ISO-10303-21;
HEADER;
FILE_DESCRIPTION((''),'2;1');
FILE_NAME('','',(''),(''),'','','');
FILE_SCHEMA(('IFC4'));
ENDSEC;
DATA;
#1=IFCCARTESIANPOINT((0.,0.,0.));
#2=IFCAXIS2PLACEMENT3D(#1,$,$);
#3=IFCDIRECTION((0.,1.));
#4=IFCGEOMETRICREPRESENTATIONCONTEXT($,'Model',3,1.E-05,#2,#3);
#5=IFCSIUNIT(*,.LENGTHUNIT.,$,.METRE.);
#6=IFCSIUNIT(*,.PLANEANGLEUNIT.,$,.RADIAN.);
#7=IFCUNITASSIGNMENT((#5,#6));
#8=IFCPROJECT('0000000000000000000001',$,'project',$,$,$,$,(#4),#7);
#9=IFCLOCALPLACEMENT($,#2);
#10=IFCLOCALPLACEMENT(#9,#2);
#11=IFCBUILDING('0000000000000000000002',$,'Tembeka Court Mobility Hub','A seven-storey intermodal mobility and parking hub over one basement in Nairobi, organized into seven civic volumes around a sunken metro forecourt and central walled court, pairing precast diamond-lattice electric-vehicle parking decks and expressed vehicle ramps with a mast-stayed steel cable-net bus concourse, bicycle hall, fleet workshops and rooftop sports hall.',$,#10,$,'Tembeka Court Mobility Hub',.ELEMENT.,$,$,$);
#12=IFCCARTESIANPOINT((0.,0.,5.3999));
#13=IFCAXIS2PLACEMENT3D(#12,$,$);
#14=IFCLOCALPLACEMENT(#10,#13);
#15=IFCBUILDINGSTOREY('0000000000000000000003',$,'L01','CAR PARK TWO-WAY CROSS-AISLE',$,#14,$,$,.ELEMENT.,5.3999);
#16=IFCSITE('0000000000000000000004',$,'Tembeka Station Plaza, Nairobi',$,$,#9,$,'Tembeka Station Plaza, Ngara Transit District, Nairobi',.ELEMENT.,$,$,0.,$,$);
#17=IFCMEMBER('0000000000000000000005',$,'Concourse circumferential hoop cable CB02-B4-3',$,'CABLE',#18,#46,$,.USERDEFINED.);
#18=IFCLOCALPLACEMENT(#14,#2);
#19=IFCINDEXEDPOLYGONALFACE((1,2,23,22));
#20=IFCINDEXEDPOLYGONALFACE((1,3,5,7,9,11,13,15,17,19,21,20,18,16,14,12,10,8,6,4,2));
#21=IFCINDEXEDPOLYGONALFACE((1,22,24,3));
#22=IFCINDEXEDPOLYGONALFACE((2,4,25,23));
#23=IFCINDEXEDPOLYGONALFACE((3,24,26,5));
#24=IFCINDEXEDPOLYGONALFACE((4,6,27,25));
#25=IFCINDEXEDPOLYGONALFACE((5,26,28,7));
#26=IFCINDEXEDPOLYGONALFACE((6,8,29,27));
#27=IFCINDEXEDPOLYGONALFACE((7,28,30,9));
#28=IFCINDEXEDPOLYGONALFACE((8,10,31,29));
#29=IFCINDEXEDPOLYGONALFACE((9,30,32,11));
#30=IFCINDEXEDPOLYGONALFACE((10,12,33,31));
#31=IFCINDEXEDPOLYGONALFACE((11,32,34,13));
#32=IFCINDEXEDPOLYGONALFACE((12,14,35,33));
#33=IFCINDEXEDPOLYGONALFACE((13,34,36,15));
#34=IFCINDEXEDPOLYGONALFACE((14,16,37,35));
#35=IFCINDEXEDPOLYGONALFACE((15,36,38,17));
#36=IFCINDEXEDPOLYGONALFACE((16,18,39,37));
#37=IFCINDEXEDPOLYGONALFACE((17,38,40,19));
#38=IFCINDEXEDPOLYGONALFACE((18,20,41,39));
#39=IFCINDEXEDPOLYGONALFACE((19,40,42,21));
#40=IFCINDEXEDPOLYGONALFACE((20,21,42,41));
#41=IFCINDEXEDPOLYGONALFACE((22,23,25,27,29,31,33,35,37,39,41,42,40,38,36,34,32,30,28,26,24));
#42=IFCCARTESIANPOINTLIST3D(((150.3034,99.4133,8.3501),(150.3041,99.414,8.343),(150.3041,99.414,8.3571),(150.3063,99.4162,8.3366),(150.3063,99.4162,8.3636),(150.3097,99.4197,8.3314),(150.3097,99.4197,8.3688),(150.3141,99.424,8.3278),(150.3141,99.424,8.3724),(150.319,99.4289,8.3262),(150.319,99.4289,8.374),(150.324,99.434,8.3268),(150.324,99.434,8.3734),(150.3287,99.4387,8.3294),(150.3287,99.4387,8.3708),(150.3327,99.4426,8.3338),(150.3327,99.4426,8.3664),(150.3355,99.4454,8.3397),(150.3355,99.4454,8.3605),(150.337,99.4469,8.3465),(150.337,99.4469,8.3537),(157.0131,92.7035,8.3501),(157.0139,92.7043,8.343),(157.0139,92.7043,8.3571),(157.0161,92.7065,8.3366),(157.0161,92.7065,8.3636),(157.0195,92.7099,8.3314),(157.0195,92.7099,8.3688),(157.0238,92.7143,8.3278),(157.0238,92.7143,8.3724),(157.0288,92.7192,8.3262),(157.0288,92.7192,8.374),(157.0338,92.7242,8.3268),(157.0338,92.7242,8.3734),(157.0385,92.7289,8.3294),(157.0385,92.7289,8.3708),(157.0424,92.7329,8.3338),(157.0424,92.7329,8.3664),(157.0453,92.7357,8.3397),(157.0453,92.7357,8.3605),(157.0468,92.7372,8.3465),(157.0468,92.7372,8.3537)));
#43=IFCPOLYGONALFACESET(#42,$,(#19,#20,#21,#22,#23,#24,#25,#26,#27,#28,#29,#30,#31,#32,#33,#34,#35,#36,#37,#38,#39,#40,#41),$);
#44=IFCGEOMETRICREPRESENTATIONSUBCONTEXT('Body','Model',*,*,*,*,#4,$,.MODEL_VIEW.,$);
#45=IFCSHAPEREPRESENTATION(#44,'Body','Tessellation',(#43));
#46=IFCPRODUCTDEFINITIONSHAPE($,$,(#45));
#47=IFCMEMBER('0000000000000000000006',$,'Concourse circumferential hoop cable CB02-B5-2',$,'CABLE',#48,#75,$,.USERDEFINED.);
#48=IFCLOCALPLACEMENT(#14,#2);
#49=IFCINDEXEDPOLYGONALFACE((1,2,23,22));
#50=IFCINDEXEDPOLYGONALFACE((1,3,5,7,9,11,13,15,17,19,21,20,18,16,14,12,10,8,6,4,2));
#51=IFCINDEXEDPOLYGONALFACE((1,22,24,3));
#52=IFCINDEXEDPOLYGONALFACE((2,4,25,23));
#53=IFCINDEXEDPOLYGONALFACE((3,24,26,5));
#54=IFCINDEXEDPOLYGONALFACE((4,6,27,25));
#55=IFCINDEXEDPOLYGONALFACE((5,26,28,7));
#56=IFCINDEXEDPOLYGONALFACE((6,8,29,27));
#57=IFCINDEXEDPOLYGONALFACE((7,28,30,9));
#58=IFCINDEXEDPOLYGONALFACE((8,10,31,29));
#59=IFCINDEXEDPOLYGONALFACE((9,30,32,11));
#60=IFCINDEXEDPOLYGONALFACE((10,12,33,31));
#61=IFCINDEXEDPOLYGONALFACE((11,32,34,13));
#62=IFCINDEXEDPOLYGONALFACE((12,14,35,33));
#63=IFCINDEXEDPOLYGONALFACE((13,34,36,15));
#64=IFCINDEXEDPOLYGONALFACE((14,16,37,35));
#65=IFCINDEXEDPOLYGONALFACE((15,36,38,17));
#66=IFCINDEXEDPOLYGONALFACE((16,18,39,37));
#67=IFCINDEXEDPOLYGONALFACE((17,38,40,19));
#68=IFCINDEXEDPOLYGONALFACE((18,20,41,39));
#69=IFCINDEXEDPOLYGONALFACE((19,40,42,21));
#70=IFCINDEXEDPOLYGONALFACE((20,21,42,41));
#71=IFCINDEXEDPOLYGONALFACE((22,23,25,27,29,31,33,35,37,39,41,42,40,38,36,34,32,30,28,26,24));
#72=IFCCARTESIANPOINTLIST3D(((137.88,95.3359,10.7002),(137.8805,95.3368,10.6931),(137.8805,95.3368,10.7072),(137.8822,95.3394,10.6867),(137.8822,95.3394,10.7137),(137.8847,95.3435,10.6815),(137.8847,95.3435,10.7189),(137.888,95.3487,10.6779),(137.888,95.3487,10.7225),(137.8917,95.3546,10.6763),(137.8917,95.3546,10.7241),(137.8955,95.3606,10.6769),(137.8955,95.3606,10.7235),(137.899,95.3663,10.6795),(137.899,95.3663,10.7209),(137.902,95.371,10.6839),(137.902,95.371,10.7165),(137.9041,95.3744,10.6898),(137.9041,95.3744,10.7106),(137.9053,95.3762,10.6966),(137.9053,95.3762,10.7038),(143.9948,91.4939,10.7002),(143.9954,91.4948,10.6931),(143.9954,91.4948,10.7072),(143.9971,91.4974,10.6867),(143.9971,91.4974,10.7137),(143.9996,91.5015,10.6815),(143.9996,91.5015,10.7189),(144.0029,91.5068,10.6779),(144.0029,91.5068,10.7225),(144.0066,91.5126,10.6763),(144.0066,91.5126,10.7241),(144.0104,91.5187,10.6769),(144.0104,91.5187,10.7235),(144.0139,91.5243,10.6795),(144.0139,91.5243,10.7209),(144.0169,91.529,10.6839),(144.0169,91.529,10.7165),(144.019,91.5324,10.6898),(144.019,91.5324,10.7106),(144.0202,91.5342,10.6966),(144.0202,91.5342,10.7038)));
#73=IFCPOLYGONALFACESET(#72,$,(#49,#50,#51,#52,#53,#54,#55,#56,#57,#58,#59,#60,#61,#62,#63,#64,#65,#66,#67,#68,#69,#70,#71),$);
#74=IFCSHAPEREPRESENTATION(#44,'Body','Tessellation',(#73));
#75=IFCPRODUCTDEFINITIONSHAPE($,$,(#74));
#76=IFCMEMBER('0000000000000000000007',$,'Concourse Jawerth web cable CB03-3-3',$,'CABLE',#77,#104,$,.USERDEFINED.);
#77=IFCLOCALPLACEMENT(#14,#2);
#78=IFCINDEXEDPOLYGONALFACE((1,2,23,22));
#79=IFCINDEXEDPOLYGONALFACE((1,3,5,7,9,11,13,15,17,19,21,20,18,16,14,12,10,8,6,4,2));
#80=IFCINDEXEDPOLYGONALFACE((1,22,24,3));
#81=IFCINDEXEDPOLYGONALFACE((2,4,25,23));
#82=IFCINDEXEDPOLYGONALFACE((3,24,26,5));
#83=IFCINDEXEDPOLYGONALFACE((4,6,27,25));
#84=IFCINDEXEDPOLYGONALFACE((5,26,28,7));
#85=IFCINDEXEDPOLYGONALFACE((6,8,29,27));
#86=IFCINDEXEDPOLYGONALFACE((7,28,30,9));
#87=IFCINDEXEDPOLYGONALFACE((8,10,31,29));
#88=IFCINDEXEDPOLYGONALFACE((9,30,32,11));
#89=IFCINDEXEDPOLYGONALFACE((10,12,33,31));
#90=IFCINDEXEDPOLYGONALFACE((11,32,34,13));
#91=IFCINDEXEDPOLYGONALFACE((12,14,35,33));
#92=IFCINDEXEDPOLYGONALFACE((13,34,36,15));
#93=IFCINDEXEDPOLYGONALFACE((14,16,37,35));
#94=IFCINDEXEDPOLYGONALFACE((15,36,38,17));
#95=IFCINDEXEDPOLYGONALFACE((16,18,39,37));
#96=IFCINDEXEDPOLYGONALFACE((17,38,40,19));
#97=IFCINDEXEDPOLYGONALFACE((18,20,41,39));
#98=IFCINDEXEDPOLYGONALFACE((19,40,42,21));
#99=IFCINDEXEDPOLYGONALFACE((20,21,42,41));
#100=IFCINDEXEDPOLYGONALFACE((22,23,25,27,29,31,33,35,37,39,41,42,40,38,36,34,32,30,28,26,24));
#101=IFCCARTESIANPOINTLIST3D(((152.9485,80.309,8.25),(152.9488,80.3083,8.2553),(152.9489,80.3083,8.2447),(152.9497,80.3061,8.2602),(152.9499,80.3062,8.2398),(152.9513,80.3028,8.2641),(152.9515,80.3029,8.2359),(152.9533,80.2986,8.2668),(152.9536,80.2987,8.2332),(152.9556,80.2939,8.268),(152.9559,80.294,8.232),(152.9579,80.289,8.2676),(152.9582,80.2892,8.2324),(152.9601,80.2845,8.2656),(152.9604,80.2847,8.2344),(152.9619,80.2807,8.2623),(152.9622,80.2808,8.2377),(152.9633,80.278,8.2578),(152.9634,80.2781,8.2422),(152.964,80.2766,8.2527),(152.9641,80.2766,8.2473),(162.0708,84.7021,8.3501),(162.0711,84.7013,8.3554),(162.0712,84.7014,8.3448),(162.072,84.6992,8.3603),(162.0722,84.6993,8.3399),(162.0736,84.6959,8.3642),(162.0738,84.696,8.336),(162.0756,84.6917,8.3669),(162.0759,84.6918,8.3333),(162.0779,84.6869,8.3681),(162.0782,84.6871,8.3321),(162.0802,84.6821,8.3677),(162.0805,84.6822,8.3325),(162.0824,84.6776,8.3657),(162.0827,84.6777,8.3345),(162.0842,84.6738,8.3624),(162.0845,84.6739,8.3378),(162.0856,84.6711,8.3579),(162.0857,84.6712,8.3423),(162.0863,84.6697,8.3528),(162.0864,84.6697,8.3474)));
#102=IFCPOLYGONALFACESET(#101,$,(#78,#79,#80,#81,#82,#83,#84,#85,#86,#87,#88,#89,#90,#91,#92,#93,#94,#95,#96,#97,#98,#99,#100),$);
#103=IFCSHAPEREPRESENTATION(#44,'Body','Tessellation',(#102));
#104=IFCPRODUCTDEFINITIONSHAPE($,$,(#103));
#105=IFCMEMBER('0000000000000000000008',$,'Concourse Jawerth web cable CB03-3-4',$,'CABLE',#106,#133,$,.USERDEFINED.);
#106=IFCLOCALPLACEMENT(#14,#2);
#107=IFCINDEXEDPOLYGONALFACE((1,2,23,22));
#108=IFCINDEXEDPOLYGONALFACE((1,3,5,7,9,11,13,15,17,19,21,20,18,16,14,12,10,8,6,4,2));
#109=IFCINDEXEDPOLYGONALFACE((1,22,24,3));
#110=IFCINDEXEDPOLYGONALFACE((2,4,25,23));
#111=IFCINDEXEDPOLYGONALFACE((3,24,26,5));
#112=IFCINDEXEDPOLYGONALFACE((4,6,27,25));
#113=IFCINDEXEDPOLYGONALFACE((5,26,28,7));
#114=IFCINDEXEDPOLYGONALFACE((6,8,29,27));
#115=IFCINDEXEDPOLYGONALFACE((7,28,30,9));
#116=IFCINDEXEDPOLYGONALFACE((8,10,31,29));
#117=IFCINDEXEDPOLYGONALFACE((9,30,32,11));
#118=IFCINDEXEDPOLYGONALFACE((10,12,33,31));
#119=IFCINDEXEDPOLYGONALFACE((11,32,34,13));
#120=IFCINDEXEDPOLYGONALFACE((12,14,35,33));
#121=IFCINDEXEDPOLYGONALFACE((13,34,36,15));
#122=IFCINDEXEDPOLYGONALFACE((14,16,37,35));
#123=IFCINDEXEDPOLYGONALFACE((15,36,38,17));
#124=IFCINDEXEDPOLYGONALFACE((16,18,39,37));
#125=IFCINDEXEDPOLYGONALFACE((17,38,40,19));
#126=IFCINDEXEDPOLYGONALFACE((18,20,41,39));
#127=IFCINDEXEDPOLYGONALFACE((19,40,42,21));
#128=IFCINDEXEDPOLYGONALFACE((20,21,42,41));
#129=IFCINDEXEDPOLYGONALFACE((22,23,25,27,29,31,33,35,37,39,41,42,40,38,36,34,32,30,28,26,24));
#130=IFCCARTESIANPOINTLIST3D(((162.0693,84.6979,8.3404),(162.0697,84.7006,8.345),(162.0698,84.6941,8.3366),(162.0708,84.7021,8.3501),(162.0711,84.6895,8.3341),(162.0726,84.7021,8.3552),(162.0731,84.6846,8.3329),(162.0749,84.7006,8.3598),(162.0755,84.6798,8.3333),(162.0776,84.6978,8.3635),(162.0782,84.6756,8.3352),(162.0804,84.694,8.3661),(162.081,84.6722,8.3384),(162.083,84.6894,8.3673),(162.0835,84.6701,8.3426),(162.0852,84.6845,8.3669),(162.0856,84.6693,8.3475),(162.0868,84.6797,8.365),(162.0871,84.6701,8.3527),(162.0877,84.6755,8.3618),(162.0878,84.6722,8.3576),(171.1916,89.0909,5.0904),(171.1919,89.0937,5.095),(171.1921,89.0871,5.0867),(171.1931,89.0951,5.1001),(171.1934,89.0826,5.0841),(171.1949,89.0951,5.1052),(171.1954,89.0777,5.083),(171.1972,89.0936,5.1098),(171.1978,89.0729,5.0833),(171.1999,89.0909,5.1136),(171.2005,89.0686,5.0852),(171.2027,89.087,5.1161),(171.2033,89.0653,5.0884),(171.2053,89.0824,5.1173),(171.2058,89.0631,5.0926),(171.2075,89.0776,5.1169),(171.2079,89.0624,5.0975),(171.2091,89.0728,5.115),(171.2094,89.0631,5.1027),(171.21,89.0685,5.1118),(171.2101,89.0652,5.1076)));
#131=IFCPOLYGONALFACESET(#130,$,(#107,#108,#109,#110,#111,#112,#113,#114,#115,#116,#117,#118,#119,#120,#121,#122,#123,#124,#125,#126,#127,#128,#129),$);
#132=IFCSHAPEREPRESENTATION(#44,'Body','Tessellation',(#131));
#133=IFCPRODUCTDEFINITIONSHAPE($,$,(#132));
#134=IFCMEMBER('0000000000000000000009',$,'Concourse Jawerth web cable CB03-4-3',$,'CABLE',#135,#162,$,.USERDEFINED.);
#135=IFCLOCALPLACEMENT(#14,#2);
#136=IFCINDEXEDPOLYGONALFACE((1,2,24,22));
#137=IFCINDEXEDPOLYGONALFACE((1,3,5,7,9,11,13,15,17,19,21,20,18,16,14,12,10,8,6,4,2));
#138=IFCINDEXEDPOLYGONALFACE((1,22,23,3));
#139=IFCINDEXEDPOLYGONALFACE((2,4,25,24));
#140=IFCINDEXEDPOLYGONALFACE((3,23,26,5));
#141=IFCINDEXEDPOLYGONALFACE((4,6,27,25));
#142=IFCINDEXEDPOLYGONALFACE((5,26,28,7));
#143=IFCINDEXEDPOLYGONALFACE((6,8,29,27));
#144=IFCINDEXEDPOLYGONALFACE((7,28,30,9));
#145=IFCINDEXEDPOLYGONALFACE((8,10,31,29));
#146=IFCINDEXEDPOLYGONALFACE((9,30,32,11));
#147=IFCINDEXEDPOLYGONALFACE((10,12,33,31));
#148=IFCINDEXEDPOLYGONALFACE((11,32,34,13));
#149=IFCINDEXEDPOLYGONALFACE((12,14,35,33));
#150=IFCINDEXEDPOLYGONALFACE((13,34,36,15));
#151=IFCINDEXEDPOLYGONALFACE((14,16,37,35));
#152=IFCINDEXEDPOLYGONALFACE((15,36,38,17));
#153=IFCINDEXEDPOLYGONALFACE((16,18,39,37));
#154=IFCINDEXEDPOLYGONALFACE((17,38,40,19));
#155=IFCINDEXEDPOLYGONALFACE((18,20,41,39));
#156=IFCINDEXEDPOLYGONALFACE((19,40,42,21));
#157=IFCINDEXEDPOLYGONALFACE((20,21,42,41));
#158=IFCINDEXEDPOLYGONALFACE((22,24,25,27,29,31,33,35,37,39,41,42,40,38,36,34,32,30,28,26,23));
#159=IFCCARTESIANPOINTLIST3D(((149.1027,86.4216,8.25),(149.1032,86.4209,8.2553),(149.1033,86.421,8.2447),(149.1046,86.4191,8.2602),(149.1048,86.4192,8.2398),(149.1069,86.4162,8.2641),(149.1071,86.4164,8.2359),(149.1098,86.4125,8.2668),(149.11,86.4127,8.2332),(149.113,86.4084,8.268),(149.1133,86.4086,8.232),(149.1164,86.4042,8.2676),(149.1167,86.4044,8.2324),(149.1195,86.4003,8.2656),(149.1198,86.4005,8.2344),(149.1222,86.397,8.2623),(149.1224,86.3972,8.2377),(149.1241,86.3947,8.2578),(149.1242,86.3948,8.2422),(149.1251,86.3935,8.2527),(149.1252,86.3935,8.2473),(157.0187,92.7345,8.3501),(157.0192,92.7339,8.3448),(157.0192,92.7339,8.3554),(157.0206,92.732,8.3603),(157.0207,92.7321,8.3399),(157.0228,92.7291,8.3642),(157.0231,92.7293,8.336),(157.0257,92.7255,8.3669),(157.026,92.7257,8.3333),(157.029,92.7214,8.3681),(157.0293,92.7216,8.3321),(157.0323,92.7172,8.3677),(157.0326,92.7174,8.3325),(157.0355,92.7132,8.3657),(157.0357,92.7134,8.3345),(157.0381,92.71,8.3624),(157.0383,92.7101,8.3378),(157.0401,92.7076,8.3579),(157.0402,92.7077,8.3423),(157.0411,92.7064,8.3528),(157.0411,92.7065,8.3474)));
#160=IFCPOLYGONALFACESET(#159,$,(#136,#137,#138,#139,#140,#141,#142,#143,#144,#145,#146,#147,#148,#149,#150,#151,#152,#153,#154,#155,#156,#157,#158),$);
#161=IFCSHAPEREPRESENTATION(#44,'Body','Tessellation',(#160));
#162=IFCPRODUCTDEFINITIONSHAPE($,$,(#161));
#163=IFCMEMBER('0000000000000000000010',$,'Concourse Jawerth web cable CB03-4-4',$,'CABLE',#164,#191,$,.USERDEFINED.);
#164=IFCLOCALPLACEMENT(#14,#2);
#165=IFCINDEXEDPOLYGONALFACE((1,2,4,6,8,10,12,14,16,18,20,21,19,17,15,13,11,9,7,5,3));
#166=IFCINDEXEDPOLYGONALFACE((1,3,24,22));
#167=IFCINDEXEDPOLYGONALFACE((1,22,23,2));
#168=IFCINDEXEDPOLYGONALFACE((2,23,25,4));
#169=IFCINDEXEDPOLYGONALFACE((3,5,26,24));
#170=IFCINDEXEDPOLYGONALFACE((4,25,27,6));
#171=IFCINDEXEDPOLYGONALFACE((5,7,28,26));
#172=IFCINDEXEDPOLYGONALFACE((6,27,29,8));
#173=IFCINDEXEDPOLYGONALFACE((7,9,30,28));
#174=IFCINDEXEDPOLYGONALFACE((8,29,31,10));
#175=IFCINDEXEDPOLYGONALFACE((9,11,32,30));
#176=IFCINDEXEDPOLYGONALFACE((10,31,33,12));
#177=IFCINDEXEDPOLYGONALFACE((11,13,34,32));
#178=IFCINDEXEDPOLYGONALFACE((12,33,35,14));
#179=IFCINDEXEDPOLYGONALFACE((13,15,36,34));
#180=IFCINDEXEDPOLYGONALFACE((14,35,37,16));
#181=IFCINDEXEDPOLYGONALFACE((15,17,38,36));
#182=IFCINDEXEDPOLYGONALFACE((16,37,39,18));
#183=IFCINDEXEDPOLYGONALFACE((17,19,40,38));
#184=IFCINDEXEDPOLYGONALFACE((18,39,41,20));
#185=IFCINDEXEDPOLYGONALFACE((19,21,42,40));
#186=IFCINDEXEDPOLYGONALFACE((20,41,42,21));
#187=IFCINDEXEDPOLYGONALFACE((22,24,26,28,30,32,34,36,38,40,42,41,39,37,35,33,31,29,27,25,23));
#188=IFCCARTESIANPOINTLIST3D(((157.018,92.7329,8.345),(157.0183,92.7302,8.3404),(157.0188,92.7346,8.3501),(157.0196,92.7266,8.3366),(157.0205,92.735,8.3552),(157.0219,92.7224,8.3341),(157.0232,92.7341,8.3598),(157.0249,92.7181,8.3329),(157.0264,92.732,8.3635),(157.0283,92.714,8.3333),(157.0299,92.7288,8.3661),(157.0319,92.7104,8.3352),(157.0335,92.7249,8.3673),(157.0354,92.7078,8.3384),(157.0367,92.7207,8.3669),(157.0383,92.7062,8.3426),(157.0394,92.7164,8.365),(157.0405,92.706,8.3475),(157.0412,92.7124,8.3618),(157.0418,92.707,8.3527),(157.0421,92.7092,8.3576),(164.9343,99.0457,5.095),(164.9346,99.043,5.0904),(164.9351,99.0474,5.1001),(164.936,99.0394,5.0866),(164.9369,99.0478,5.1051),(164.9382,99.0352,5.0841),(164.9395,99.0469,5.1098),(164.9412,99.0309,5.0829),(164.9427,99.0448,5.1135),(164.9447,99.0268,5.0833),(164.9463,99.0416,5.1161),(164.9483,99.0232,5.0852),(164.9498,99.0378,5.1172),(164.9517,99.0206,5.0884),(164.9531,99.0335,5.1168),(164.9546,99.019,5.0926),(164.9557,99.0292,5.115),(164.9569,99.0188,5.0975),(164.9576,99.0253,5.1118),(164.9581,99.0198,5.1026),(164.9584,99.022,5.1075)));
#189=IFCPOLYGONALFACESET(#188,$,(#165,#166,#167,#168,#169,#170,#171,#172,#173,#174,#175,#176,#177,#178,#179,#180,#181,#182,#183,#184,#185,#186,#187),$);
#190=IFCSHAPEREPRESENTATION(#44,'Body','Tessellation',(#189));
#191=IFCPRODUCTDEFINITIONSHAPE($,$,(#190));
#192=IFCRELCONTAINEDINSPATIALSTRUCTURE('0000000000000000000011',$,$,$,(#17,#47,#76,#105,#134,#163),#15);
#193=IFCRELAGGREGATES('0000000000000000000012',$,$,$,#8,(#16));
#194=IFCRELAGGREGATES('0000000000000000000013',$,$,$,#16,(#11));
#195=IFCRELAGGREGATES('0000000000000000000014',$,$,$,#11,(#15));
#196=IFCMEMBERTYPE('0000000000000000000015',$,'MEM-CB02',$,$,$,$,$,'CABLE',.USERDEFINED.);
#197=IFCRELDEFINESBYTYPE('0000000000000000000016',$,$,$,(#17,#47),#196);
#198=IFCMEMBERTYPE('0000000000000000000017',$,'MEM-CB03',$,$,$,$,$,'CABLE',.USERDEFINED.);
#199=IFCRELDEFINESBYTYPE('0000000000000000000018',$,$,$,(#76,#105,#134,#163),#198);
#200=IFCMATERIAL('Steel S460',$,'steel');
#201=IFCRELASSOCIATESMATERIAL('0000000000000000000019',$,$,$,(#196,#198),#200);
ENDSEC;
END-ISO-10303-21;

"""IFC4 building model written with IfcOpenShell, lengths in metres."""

from ifc_helpers import new_model, si_unit, direction, frame, origin, origin_2d, place, context, subcontext, project, spatial, circle, extrude, material, material_profile, profile_set, type_object, element, save


model = new_model("IFC4")

# Units and contexts
model_context = context("Model", 3, precision=1e-05, world=origin(), true_north=direction((0.0, 1.0)))
body_context = subcontext(model_context, "Body", "Model", "MODEL_VIEW")
ifc_project = project(units=[si_unit("LENGTHUNIT", "METRE"), si_unit("PLANEANGLEUNIT", "RADIAN")], contexts=[model_context])

# Site, building, storey
site_placement = place(None, origin())
site = spatial("IfcSite", under=ifc_project, at=site_placement, Name="Tembeka Station Plaza, Nairobi", LongName="Tembeka Station Plaza, Ngara Transit District, Nairobi", CompositionType="ELEMENT", RefElevation=0.0)
building_placement = place(site_placement, origin())
building = spatial("IfcBuilding", under=site, at=building_placement, Name="Tembeka Court Mobility Hub", Description="A seven-storey intermodal mobility and parking hub over one basement in Nairobi, organized into seven civic volumes around a sunken metro forecourt and central walled court, pairing precast diamond-lattice electric-vehicle parking decks and expressed vehicle ramps with a mast-stayed steel cable-net bus concourse, bicycle hall, fleet workshops and rooftop sports hall.", LongName="Tembeka Court Mobility Hub", CompositionType="ELEMENT")
storey_placement = place(building_placement, frame((0.0, 0.0, 5.3999)))
storey = spatial("IfcBuildingStorey", under=building, at=storey_placement, Name="L01", Description="CAR PARK TWO-WAY CROSS-AISLE", CompositionType="ELEMENT", Elevation=5.3999)

# Members
ifc_material_1 = material(Name="Steel S460", Category="steel")
ifc_material_profile_1 = material_profile(ifc_material_1, circle(Radius=0.0239, at=origin_2d()), Name="CABLE D48")
ifc_profile_set_1 = profile_set([ifc_material_profile_1], Name="Steel S460")
member_type_1 = type_object("IfcMemberType", Name="MEM-CB02", ElementType="CABLE", PredefinedType="USERDEFINED", material=ifc_profile_set_1)
member_1_placement = place(storey_placement, frame((157.03, 92.7205, 8.3501), z_axis=(-0.707107, 0.707107, 0.0), x_axis=(-0.707107, -0.707107, 0.0)))
element("IfcMember", 1, at=member_1_placement, inside=storey, type_object=member_type_1, Name="Concourse circumferential hoop cable CB02-B4-3", ObjectType="CABLE", PredefinedType="USERDEFINED", context=body_context, shape_type="SweptSolid", body=[
    extrude(circle(Radius=0.0239, at=origin_2d()), origin(), (0.0, 0.0, 1.0), 9.489),
])
member_2_placement = place(storey_placement, frame((144.0076, 91.5142, 10.7002), z_axis=(-0.846741, 0.532006, 0.0), x_axis=(-0.532006, -0.846741, 0.0)))
element("IfcMember", 2, at=member_2_placement, inside=storey, type_object=member_type_1, Name="Concourse circumferential hoop cable CB02-B5-2", ObjectType="CABLE", PredefinedType="USERDEFINED", context=body_context, shape_type="SweptSolid", body=[
    extrude(circle(Radius=0.0239, at=origin_2d()), origin(), (0.0, 0.0, 1.0), 7.2217),
])
ifc_material_profile_2 = material_profile(ifc_material_1, circle(Radius=0.0181, at=origin_2d()), Name="CABLE D36")
ifc_profile_set_2 = profile_set([ifc_material_profile_2], Name="Steel S460")
member_type_2 = type_object("IfcMemberType", Name="MEM-CB03", ElementType="CABLE", PredefinedType="USERDEFINED", material=ifc_profile_set_2)
member_3_placement = place(storey_placement, frame((152.9563, 80.2927, 8.25), z_axis=(0.900925, 0.433862, 0.009886), x_axis=(-0.433883, 0.900969, 0.0)))
element("IfcMember", 3, at=member_3_placement, inside=storey, type_object=member_type_2, Name="Concourse Jawerth web cable CB03-3-3", ObjectType="CABLE", PredefinedType="USERDEFINED", context=body_context, shape_type="SweptSolid", body=[
    extrude(circle(Radius=0.0181, at=origin_2d()), origin(), (0.0, 0.0, 1.0), 10.1255),
])
member_4_placement = place(storey_placement, frame((162.0786, 84.6858, 8.3501), z_axis=(0.857859, 0.413122, -0.305629), x_axis=(-0.433883, 0.900969, 0.0)))
element("IfcMember", 4, at=member_4_placement, inside=storey, type_object=member_type_2, Name="Concourse Jawerth web cable CB03-3-4", ObjectType="CABLE", PredefinedType="USERDEFINED", context=body_context, shape_type="SweptSolid", body=[
    extrude(circle(Radius=0.0181, at=origin_2d()), origin(), (0.0, 0.0, 1.0), 10.6338),
])
member_5_placement = place(storey_placement, frame((149.114, 86.4075, 8.25), z_axis=(0.781785, 0.62347, 0.009886), x_axis=(-0.6235, 0.781823, 0.0)))
element("IfcMember", 5, at=member_5_placement, inside=storey, type_object=member_type_2, Name="Concourse Jawerth web cable CB03-4-3", ObjectType="CABLE", PredefinedType="USERDEFINED", context=body_context, shape_type="SweptSolid", body=[
    extrude(circle(Radius=0.0181, at=origin_2d()), origin(), (0.0, 0.0, 1.0), 10.1255),
])
member_6_placement = place(storey_placement, frame((157.03, 92.7205, 8.3501), z_axis=(0.744434, 0.593642, -0.305626), x_axis=(-0.623474, 0.781844, 0.0)))
element("IfcMember", 6, at=member_6_placement, inside=storey, type_object=member_type_2, Name="Concourse Jawerth web cable CB03-4-4", ObjectType="CABLE", PredefinedType="USERDEFINED", context=body_context, shape_type="SweptSolid", body=[
    extrude(circle(Radius=0.0181, at=origin_2d()), origin(), (0.0, 0.0, 1.0), 10.634),
])

save(model, "model.ifc")
